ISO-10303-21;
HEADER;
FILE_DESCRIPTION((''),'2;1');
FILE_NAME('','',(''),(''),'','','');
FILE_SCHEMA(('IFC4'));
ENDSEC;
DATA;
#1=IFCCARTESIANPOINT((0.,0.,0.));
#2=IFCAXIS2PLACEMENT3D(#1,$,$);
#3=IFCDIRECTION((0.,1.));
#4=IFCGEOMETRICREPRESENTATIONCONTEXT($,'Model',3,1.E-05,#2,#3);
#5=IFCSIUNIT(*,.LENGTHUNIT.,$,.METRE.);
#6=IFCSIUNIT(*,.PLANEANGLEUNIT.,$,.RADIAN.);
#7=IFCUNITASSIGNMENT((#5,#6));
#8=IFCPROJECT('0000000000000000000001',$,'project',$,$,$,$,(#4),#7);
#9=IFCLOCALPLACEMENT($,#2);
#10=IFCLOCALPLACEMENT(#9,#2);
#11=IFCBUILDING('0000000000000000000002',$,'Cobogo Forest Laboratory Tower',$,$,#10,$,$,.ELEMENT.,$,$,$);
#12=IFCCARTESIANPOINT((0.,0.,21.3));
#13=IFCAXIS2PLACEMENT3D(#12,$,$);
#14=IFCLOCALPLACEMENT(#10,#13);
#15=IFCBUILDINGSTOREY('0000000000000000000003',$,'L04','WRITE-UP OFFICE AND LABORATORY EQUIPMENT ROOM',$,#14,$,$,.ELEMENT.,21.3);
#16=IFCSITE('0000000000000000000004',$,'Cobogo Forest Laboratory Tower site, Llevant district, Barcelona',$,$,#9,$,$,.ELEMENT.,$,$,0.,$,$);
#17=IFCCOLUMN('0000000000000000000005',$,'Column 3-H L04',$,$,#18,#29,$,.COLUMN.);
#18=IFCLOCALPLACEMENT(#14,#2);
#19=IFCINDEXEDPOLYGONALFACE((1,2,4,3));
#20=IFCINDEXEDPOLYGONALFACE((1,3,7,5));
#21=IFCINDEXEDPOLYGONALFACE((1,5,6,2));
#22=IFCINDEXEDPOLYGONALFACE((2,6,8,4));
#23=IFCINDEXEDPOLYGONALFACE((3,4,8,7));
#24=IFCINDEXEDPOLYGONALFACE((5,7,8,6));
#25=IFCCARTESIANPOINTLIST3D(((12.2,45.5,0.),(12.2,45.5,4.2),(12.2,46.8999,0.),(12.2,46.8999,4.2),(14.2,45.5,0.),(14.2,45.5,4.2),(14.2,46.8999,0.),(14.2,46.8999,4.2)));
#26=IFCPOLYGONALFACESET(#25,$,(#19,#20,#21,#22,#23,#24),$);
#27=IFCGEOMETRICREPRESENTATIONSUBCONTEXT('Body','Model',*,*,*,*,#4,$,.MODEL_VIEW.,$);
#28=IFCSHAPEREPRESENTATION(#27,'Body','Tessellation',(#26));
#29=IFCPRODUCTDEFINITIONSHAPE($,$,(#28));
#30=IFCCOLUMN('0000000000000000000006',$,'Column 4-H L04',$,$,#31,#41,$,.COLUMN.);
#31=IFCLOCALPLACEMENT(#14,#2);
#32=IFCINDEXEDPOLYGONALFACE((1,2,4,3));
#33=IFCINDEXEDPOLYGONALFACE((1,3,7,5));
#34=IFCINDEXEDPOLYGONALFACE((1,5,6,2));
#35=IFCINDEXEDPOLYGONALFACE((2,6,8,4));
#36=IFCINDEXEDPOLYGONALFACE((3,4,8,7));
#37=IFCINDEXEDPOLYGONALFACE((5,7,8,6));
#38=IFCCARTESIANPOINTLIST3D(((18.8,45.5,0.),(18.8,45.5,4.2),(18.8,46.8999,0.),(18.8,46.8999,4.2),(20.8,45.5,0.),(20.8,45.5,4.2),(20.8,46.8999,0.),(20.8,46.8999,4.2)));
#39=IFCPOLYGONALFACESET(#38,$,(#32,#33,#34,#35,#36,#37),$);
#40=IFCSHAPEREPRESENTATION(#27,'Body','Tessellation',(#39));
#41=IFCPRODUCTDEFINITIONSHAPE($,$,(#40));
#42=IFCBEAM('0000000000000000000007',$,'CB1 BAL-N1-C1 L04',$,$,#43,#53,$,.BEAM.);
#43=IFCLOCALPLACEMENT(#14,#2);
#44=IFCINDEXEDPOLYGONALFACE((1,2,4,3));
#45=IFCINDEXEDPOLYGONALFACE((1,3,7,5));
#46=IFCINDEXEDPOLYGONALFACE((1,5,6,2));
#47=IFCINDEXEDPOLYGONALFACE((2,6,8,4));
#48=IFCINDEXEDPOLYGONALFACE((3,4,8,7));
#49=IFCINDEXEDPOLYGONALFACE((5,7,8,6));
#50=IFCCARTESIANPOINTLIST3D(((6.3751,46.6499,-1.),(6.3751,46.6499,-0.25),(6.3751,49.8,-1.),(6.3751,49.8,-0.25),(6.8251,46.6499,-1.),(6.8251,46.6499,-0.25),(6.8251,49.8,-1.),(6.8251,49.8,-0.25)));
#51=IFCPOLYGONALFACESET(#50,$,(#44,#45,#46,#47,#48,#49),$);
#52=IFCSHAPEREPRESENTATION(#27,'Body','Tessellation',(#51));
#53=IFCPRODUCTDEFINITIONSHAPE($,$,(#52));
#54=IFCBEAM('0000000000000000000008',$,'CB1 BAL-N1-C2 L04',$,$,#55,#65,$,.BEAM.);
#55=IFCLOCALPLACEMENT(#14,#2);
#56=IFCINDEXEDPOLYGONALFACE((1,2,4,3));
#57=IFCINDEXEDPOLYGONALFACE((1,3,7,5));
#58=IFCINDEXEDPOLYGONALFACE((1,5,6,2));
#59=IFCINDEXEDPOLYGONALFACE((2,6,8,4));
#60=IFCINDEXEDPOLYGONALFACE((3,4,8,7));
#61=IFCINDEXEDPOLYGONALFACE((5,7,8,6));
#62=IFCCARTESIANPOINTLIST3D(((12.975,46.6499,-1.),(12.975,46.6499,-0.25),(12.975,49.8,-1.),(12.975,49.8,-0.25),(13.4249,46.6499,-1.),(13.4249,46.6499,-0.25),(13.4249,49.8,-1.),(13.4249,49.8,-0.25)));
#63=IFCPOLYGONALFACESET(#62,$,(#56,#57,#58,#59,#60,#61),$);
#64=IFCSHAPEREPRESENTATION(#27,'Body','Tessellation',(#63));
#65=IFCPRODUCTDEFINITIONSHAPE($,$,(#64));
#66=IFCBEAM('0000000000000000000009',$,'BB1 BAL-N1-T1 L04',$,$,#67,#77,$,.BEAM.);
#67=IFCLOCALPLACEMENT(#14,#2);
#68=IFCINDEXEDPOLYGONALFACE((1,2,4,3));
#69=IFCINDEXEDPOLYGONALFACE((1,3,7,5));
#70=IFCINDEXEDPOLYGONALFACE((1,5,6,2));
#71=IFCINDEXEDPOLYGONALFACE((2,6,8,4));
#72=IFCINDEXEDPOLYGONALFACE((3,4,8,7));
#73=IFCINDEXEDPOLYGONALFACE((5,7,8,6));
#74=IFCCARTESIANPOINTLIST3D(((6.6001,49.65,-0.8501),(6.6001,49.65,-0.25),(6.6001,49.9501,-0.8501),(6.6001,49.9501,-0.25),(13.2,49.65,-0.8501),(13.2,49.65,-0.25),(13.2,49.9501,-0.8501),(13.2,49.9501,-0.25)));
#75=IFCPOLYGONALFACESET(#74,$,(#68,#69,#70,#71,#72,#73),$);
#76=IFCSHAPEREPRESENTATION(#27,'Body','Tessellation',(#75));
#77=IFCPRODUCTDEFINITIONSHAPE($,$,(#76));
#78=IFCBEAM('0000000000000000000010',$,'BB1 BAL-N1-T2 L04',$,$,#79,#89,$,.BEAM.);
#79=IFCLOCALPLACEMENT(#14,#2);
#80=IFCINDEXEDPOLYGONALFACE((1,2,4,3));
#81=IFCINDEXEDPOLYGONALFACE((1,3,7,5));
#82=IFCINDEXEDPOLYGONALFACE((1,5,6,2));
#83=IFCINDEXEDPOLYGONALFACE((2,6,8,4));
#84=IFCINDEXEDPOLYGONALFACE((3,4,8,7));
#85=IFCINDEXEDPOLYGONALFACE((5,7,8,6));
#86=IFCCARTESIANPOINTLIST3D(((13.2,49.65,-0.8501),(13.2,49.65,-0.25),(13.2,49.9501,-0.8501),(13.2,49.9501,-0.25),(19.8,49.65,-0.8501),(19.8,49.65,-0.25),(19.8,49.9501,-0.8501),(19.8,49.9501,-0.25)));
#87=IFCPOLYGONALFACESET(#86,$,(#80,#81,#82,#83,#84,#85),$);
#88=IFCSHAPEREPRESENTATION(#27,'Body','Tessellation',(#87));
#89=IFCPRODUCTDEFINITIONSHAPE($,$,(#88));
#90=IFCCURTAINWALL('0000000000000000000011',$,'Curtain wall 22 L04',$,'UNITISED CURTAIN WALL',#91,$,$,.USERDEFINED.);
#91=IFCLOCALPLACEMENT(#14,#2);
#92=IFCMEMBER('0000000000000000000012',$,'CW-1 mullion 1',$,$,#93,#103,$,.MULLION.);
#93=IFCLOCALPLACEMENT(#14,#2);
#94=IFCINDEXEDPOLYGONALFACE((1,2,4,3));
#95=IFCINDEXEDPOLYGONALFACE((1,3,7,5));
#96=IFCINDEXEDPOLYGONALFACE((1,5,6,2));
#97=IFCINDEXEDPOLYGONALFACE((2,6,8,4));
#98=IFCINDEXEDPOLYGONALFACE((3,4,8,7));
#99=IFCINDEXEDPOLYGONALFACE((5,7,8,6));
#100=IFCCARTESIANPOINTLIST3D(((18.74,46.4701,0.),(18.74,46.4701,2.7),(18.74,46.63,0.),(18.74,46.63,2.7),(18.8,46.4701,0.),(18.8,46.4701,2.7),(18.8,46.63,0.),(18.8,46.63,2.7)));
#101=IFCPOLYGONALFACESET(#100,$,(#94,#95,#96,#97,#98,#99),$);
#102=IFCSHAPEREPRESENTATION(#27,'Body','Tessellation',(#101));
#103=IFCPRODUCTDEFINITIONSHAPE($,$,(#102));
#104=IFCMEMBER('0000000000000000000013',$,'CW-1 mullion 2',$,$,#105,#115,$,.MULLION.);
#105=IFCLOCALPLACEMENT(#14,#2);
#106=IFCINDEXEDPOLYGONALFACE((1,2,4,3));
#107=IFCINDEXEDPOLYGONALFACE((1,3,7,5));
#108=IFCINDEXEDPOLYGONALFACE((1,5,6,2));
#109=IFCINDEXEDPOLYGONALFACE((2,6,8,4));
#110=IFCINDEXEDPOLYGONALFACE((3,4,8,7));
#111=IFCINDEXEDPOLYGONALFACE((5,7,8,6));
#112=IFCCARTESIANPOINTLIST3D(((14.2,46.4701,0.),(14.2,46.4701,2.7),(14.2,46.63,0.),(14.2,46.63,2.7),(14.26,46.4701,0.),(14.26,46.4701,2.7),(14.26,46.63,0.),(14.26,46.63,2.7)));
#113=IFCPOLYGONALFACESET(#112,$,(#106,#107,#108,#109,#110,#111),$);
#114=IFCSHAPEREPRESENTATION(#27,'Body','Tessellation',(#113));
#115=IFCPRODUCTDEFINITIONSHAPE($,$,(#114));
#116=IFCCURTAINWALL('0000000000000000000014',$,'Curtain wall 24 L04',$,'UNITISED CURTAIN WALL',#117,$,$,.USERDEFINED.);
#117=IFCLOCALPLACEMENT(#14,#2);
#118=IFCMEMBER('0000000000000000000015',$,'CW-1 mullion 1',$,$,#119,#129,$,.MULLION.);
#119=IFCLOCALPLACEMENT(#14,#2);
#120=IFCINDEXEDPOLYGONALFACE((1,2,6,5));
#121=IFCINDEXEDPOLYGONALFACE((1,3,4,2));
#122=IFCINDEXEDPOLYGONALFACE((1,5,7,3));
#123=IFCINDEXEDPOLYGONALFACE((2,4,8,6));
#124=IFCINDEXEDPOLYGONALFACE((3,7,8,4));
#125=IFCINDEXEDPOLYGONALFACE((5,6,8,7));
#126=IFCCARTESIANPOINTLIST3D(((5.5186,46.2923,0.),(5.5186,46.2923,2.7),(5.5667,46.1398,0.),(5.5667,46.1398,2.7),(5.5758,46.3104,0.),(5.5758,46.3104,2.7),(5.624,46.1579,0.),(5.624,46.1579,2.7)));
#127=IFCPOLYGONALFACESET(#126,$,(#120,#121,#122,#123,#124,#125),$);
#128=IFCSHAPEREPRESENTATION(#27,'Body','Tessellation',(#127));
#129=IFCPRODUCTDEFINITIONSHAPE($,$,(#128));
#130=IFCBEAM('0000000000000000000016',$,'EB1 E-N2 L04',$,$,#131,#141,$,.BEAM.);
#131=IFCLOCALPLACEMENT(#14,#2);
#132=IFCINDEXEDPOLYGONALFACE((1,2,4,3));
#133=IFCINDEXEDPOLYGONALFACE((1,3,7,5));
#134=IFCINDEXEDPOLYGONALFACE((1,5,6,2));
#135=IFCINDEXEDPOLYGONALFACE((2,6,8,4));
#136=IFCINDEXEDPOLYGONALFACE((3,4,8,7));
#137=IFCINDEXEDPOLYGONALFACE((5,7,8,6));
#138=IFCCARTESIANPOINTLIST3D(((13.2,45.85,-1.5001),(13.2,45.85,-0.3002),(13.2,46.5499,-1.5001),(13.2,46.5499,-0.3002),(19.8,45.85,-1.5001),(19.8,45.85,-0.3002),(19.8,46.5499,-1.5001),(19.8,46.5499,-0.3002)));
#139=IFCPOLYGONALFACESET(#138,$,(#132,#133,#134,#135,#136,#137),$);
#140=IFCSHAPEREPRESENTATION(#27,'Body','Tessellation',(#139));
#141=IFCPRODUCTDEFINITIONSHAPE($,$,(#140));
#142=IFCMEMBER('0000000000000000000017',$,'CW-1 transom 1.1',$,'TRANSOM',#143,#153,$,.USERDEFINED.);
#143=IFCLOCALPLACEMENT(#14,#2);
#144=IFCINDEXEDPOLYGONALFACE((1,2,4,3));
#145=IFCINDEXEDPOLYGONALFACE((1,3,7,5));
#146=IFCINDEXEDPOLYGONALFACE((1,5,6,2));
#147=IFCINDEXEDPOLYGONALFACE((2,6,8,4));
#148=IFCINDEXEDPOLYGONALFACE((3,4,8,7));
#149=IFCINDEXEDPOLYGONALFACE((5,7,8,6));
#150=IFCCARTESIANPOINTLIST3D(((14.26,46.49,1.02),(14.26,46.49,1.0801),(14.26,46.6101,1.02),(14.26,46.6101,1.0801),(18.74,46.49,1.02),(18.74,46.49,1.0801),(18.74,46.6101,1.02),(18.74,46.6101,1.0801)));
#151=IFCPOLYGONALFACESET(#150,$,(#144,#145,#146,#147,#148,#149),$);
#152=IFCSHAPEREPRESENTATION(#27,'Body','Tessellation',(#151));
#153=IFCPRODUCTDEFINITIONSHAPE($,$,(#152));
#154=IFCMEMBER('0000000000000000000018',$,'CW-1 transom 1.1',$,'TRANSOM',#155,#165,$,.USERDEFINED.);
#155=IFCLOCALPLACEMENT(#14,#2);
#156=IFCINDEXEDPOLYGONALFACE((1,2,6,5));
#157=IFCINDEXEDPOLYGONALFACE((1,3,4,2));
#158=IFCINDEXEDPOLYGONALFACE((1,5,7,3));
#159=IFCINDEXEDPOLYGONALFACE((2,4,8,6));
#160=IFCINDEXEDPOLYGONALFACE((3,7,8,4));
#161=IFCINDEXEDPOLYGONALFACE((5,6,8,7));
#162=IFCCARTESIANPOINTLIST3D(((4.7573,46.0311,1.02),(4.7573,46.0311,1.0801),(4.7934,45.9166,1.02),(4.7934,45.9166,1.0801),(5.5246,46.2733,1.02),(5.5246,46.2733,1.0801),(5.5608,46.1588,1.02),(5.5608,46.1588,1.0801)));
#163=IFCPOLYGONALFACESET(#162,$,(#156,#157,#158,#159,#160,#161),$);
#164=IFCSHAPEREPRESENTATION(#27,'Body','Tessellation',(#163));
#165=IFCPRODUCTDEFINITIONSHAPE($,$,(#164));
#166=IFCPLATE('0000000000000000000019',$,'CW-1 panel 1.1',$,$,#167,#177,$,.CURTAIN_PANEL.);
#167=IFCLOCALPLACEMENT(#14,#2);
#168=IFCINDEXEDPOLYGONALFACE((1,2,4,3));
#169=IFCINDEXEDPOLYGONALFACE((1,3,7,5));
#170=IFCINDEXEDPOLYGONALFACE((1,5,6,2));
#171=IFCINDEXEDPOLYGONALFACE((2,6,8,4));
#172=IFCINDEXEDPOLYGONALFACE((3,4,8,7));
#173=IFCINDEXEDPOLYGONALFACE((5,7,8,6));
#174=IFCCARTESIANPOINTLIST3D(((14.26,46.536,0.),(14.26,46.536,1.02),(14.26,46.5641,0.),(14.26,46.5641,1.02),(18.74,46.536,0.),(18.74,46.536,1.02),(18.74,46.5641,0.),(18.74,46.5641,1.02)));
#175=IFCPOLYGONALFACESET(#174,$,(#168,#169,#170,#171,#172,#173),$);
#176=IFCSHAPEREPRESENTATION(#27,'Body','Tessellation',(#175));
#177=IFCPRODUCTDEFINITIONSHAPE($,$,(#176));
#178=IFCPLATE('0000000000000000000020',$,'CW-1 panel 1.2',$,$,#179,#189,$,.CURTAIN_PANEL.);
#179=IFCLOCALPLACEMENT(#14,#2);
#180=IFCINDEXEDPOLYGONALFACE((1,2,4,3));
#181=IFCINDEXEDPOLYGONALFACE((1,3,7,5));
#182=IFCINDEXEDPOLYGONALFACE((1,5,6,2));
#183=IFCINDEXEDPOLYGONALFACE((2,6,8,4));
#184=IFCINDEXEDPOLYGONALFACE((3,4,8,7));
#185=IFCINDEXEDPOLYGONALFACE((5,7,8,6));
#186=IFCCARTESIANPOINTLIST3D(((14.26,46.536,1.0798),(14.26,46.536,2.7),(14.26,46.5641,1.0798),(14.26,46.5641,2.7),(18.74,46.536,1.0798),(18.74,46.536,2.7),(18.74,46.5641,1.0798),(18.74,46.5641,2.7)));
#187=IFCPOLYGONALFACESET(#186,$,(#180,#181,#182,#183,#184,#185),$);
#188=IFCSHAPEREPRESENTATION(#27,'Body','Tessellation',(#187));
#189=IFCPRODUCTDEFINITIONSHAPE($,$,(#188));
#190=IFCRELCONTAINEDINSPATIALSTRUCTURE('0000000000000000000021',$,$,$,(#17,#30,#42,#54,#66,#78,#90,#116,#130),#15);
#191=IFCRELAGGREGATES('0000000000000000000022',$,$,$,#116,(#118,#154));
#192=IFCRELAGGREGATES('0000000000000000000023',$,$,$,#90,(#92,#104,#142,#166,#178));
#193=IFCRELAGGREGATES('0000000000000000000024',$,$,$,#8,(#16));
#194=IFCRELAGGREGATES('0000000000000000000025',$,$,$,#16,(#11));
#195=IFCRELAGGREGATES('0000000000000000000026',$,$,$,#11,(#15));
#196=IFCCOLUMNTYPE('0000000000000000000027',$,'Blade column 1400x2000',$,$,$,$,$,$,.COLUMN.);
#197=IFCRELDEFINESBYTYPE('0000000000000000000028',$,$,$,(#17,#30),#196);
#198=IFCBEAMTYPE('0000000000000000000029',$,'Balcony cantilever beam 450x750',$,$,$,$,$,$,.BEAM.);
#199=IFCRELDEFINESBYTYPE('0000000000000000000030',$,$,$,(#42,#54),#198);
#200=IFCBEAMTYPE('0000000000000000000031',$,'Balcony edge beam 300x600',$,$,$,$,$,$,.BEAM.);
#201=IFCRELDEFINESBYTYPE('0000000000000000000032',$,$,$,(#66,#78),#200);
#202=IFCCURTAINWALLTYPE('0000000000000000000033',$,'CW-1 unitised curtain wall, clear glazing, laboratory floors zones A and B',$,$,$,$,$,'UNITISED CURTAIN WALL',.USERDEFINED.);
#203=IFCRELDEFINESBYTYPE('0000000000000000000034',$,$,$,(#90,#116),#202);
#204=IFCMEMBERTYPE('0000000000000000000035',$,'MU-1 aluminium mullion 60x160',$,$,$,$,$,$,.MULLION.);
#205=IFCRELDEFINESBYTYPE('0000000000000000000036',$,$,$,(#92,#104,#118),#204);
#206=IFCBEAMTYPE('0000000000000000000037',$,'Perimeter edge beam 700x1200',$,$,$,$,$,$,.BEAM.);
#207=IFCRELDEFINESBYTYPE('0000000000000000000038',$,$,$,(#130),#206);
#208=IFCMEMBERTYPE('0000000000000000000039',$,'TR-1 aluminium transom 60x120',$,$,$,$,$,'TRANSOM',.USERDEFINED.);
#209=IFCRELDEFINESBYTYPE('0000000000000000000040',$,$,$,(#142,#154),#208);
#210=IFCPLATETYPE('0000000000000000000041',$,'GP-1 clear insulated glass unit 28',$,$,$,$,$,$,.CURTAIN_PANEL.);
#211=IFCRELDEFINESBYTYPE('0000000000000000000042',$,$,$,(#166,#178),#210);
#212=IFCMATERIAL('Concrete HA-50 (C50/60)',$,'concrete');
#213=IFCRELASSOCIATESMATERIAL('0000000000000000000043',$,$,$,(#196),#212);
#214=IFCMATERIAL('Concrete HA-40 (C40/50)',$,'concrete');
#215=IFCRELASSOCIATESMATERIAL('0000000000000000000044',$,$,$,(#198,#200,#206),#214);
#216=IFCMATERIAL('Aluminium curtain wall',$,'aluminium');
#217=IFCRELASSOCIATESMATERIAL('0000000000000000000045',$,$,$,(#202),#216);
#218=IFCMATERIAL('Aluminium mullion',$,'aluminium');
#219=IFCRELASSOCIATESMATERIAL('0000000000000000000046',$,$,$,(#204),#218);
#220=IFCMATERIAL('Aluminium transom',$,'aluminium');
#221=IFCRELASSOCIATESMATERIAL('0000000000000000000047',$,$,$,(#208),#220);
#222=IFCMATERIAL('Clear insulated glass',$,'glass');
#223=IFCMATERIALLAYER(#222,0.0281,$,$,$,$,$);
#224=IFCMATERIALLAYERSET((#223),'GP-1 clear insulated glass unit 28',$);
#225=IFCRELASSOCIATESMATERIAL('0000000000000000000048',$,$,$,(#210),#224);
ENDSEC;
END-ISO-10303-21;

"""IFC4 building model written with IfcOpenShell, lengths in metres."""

from ifc_helpers import new_model, si_unit, direction, frame, origin, origin_2d, place, context, subcontext, project, spatial, rectangle, extrude, material, layer, layer_set, material_profile, profile_set, type_object, element, aggregate, save


model = new_model("IFC4")

# Units and contexts
model_context = context("Model", 3, precision=1e-05, world=origin(), true_north=direction((0.0, 1.0)))
body_context = subcontext(model_context, "Body", "Model", "MODEL_VIEW")
ifc_project = project(units=[si_unit("LENGTHUNIT", "METRE"), si_unit("PLANEANGLEUNIT", "RADIAN")], contexts=[model_context])

# Site, building, storey
site_placement = place(None, origin())
site = spatial("IfcSite", under=ifc_project, at=site_placement, Name="Cobogo Forest Laboratory Tower site, Llevant district, Barcelona", CompositionType="ELEMENT", RefElevation=0.0)
building_placement = place(site_placement, origin())
building = spatial("IfcBuilding", under=site, at=building_placement, Name="Cobogo Forest Laboratory Tower", CompositionType="ELEMENT")
storey_placement = place(building_placement, frame((0.0, 0.0, 21.3)))
storey = spatial("IfcBuildingStorey", under=building, at=storey_placement, Name="L04", Description="WRITE-UP OFFICE AND LABORATORY EQUIPMENT ROOM", CompositionType="ELEMENT", Elevation=21.3)

# Columns
ifc_material_1 = material(Name="Concrete HA-50 (C50/60)", Category="concrete")
ifc_material_profile_1 = material_profile(ifc_material_1, rectangle(XDim=2.0, YDim=1.3999, at=origin_2d()), Name="RC 1400x2000")
ifc_profile_set_1 = profile_set([ifc_material_profile_1], Name="Concrete HA-50 (C50/60)")
column_type = type_object("IfcColumnType", Name="Blade column 1400x2000", PredefinedType="COLUMN", material=ifc_profile_set_1)
for number, where, z_axis, x_axis, name in (
    (1, (13.2, 46.2, 0.0), (0.0, 0.0, 1.0), (1.0, 0.0, 0.0), "Column 3-H L04"),
    (2, (19.8, 46.2, 0.0), (0.0, 0.0, 1.0), (1.0, 0.0, 0.0), "Column 4-H L04"),
):
    element("IfcColumn", number, at=place(storey_placement, frame(where, z_axis=z_axis, x_axis=x_axis)), inside=storey, type_object=column_type, Name=name, PredefinedType="COLUMN", context=body_context, shape_type="SweptSolid", body=[
        extrude(rectangle(XDim=2.0, YDim=1.3999, at=origin_2d()), origin(), (0.0, 0.0, 1.0), 4.2),
    ])

# Beams
ifc_material_2 = material(Name="Concrete HA-40 (C40/50)", Category="concrete")
ifc_material_profile_2 = material_profile(ifc_material_2, rectangle(XDim=0.45, YDim=0.75, at=origin_2d()), Name="RC 450x750")
ifc_profile_set_2 = profile_set([ifc_material_profile_2], Name="Concrete HA-40 (C40/50)")
beam_type_1 = type_object("IfcBeamType", Name="Balcony cantilever beam 450x750", PredefinedType="BEAM", material=ifc_profile_set_2)
for number, where, z_axis, x_axis, name in (
    (3, (6.6001, 46.6499, -0.625), (0.0, 1.0, 0.0), (-1.0, 0.0, 0.0), "CB1 BAL-N1-C1 L04"),
    (4, (13.2, 46.6499, -0.625), (0.0, 1.0, 0.0), (-1.0, 0.0, 0.0), "CB1 BAL-N1-C2 L04"),
):
    element("IfcBeam", number, at=place(storey_placement, frame(where, z_axis=z_axis, x_axis=x_axis)), inside=storey, type_object=beam_type_1, Name=name, PredefinedType="BEAM", context=body_context, shape_type="SweptSolid", body=[
        extrude(rectangle(XDim=0.45, YDim=0.75, at=origin_2d()), origin(), (0.0, 0.0, 1.0), 3.1501),
    ])
ifc_material_profile_3 = material_profile(ifc_material_2, rectangle(XDim=0.3, YDim=0.6001, at=origin_2d()), Name="RC 300x600")
ifc_profile_set_3 = profile_set([ifc_material_profile_3], Name="Concrete HA-40 (C40/50)")
beam_type_2 = type_object("IfcBeamType", Name="Balcony edge beam 300x600", PredefinedType="BEAM", material=ifc_profile_set_3)
beam_1_placement = place(storey_placement, frame((6.6001, 49.8, -0.55), z_axis=(1.0, 0.0, 0.0), x_axis=(0.0, 1.0, 0.0)))
element("IfcBeam", 5, at=beam_1_placement, inside=storey, type_object=beam_type_2, Name="BB1 BAL-N1-T1 L04", PredefinedType="BEAM", context=body_context, shape_type="SweptSolid", body=[
    extrude(rectangle(XDim=0.3, YDim=0.6001, at=origin_2d()), origin(), (0.0, 0.0, 1.0), 6.5999),
])
beam_2_placement = place(storey_placement, frame((13.2, 49.8, -0.55), z_axis=(1.0, 0.0, 0.0), x_axis=(0.0, 1.0, 0.0)))
element("IfcBeam", 6, at=beam_2_placement, inside=storey, type_object=beam_type_2, Name="BB1 BAL-N1-T2 L04", PredefinedType="BEAM", context=body_context, shape_type="SweptSolid", body=[
    extrude(rectangle(XDim=0.3, YDim=0.6001, at=origin_2d()), origin(), (0.0, 0.0, 1.0), 6.6001),
])

# Curtain wall, members
ifc_material_3 = material(Name="Aluminium curtain wall", Category="aluminium")
curtain_wall_type = type_object("IfcCurtainWallType", Name="CW-1 unitised curtain wall, clear glazing, laboratory floors zones A and B", ElementType="UNITISED CURTAIN WALL", PredefinedType="USERDEFINED", material=ifc_material_3)
curtain_wall_1_placement = place(storey_placement, origin())
curtain_wall_1 = element("IfcCurtainWall", 7, at=curtain_wall_1_placement, inside=storey, type_object=curtain_wall_type, Name="Curtain wall 22 L04", ObjectType="UNITISED CURTAIN WALL", PredefinedType="USERDEFINED")
ifc_material_4 = material(Name="Aluminium mullion", Category="aluminium")
ifc_material_profile_4 = material_profile(ifc_material_4, rectangle(XDim=0.0601, YDim=0.1599, at=origin_2d()), Name="AL 60x160")
ifc_profile_set_4 = profile_set([ifc_material_profile_4], Name="Aluminium mullion")
member_type_1 = type_object("IfcMemberType", Name="MU-1 aluminium mullion 60x160", PredefinedType="MULLION", material=ifc_profile_set_4)
member_1_placement = place(storey_placement, frame((18.77, 46.55, 0.0), z_axis=(0.0, 0.0, 1.0), x_axis=(-1.0, 0.0, 0.0)))
member_1 = element("IfcMember", 8, at=member_1_placement, type_object=member_type_1, Name="CW-1 mullion 1", PredefinedType="MULLION", context=body_context, shape_type="SweptSolid", body=[
    extrude(rectangle(XDim=0.0601, YDim=0.1599, at=origin_2d()), origin(), (0.0, 0.0, 1.0), 2.7),
])
member_2_placement = place(storey_placement, frame((14.23, 46.55, 0.0), z_axis=(0.0, 0.0, 1.0), x_axis=(-1.0, 0.0, 0.0)))
member_2 = element("IfcMember", 9, at=member_2_placement, type_object=member_type_1, Name="CW-1 mullion 2", PredefinedType="MULLION", context=body_context, shape_type="SweptSolid", body=[
    extrude(rectangle(XDim=0.0601, YDim=0.1599, at=origin_2d()), origin(), (0.0, 0.0, 1.0), 2.7),
])

# Curtain wall, member
curtain_wall_2_placement = place(storey_placement, origin())
curtain_wall_2 = element("IfcCurtainWall", 10, at=curtain_wall_2_placement, inside=storey, type_object=curtain_wall_type, Name="Curtain wall 24 L04", ObjectType="UNITISED CURTAIN WALL", PredefinedType="USERDEFINED")
member_3_placement = place(storey_placement, frame((5.5713, 46.2251, 0.0), z_axis=(0.0, 0.0, 1.0), x_axis=(-0.953581, -0.301135, 0.0)))
member_3 = element("IfcMember", 11, at=member_3_placement, type_object=member_type_1, Name="CW-1 mullion 1", PredefinedType="MULLION", context=body_context, shape_type="SweptSolid", body=[
    extrude(rectangle(XDim=0.0601, YDim=0.1599, at=origin_2d()), origin(), (0.0, 0.0, 1.0), 2.7),
])

# Beam
ifc_material_profile_5 = material_profile(ifc_material_2, rectangle(XDim=0.7, YDim=1.2, at=origin_2d()), Name="RC 700x1200")
ifc_profile_set_5 = profile_set([ifc_material_profile_5], Name="Concrete HA-40 (C40/50)")
beam_type_3 = type_object("IfcBeamType", Name="Perimeter edge beam 700x1200", PredefinedType="BEAM", material=ifc_profile_set_5)
beam_3_placement = place(storey_placement, frame((13.2, 46.2, -0.9001), z_axis=(1.0, 0.0, 0.0), x_axis=(0.0, 1.0, 0.0)))
element("IfcBeam", 12, at=beam_3_placement, inside=storey, type_object=beam_type_3, Name="EB1 E-N2 L04", PredefinedType="BEAM", context=body_context, shape_type="SweptSolid", body=[
    extrude(rectangle(XDim=0.7, YDim=1.2, at=origin_2d()), origin(), (0.0, 0.0, 1.0), 6.6001),
])

# Members
ifc_material_5 = material(Name="Aluminium transom", Category="aluminium")
ifc_material_profile_6 = material_profile(ifc_material_5, rectangle(XDim=0.1201, YDim=0.0601, at=origin_2d()), Name="AL 60x120")
ifc_profile_set_6 = profile_set([ifc_material_profile_6], Name="Aluminium transom")
member_type_2 = type_object("IfcMemberType", Name="TR-1 aluminium transom 60x120", ElementType="TRANSOM", PredefinedType="USERDEFINED", material=ifc_profile_set_6)
member_4_placement = place(storey_placement, frame((18.74, 46.55, 1.05), z_axis=(-1.0, 0.0, 0.0), x_axis=(0.0, -1.0, 0.0)))
member_4 = element("IfcMember", 13, at=member_4_placement, type_object=member_type_2, Name="CW-1 transom 1.1", ObjectType="TRANSOM", PredefinedType="USERDEFINED", context=body_context, shape_type="SweptSolid", body=[
    extrude(rectangle(XDim=0.1201, YDim=0.0601, at=origin_2d()), origin(), (0.0, 0.0, 1.0), 4.48),
])
member_5_placement = place(storey_placement, frame((5.5427, 46.2161, 1.05), z_axis=(-0.953629, -0.300986, 0.0), x_axis=(0.300986, -0.953629, 0.0)))
member_5 = element("IfcMember", 14, at=member_5_placement, type_object=member_type_2, Name="CW-1 transom 1.1", ObjectType="TRANSOM", PredefinedType="USERDEFINED", context=body_context, shape_type="SweptSolid", body=[
    extrude(rectangle(XDim=0.1201, YDim=0.0601, at=origin_2d()), origin(), (0.0, 0.0, 1.0), 0.8047),
])
aggregate(curtain_wall_2, [member_3, member_5])

# Plates
ifc_material_6 = material(Name="Clear insulated glass", Category="glass")
ifc_layer_1 = layer(ifc_material_6, 0.0281)
ifc_layer_set_1 = layer_set([ifc_layer_1], Name="GP-1 clear insulated glass unit 28")
plate_type = type_object("IfcPlateType", Name="GP-1 clear insulated glass unit 28", PredefinedType="CURTAIN_PANEL", material=ifc_layer_set_1)
plate_1_placement = place(storey_placement, frame((16.5, 46.55, 0.0), z_axis=(0.0, 0.0, 1.0), x_axis=(-1.0, 0.0, 0.0)))
plate_1 = element("IfcPlate", 15, at=plate_1_placement, type_object=plate_type, Name="CW-1 panel 1.1", PredefinedType="CURTAIN_PANEL", context=body_context, shape_type="SweptSolid", body=[
    extrude(rectangle(XDim=4.48, YDim=0.0281, at=origin_2d()), origin(), (0.0, 0.0, 1.0), 1.02),
])
plate_2_placement = place(storey_placement, frame((16.5, 46.55, 1.0798), z_axis=(0.0, 0.0, 1.0), x_axis=(-1.0, 0.0, 0.0)))
plate_2 = element("IfcPlate", 16, at=plate_2_placement, type_object=plate_type, Name="CW-1 panel 1.2", PredefinedType="CURTAIN_PANEL", context=body_context, shape_type="SweptSolid", body=[
    extrude(rectangle(XDim=4.48, YDim=0.0281, at=origin_2d()), origin(), (0.0, 0.0, 1.0), 1.6201),
])
aggregate(curtain_wall_1, [member_1, member_2, member_4, plate_1, plate_2])

save(model, "model.ifc")
